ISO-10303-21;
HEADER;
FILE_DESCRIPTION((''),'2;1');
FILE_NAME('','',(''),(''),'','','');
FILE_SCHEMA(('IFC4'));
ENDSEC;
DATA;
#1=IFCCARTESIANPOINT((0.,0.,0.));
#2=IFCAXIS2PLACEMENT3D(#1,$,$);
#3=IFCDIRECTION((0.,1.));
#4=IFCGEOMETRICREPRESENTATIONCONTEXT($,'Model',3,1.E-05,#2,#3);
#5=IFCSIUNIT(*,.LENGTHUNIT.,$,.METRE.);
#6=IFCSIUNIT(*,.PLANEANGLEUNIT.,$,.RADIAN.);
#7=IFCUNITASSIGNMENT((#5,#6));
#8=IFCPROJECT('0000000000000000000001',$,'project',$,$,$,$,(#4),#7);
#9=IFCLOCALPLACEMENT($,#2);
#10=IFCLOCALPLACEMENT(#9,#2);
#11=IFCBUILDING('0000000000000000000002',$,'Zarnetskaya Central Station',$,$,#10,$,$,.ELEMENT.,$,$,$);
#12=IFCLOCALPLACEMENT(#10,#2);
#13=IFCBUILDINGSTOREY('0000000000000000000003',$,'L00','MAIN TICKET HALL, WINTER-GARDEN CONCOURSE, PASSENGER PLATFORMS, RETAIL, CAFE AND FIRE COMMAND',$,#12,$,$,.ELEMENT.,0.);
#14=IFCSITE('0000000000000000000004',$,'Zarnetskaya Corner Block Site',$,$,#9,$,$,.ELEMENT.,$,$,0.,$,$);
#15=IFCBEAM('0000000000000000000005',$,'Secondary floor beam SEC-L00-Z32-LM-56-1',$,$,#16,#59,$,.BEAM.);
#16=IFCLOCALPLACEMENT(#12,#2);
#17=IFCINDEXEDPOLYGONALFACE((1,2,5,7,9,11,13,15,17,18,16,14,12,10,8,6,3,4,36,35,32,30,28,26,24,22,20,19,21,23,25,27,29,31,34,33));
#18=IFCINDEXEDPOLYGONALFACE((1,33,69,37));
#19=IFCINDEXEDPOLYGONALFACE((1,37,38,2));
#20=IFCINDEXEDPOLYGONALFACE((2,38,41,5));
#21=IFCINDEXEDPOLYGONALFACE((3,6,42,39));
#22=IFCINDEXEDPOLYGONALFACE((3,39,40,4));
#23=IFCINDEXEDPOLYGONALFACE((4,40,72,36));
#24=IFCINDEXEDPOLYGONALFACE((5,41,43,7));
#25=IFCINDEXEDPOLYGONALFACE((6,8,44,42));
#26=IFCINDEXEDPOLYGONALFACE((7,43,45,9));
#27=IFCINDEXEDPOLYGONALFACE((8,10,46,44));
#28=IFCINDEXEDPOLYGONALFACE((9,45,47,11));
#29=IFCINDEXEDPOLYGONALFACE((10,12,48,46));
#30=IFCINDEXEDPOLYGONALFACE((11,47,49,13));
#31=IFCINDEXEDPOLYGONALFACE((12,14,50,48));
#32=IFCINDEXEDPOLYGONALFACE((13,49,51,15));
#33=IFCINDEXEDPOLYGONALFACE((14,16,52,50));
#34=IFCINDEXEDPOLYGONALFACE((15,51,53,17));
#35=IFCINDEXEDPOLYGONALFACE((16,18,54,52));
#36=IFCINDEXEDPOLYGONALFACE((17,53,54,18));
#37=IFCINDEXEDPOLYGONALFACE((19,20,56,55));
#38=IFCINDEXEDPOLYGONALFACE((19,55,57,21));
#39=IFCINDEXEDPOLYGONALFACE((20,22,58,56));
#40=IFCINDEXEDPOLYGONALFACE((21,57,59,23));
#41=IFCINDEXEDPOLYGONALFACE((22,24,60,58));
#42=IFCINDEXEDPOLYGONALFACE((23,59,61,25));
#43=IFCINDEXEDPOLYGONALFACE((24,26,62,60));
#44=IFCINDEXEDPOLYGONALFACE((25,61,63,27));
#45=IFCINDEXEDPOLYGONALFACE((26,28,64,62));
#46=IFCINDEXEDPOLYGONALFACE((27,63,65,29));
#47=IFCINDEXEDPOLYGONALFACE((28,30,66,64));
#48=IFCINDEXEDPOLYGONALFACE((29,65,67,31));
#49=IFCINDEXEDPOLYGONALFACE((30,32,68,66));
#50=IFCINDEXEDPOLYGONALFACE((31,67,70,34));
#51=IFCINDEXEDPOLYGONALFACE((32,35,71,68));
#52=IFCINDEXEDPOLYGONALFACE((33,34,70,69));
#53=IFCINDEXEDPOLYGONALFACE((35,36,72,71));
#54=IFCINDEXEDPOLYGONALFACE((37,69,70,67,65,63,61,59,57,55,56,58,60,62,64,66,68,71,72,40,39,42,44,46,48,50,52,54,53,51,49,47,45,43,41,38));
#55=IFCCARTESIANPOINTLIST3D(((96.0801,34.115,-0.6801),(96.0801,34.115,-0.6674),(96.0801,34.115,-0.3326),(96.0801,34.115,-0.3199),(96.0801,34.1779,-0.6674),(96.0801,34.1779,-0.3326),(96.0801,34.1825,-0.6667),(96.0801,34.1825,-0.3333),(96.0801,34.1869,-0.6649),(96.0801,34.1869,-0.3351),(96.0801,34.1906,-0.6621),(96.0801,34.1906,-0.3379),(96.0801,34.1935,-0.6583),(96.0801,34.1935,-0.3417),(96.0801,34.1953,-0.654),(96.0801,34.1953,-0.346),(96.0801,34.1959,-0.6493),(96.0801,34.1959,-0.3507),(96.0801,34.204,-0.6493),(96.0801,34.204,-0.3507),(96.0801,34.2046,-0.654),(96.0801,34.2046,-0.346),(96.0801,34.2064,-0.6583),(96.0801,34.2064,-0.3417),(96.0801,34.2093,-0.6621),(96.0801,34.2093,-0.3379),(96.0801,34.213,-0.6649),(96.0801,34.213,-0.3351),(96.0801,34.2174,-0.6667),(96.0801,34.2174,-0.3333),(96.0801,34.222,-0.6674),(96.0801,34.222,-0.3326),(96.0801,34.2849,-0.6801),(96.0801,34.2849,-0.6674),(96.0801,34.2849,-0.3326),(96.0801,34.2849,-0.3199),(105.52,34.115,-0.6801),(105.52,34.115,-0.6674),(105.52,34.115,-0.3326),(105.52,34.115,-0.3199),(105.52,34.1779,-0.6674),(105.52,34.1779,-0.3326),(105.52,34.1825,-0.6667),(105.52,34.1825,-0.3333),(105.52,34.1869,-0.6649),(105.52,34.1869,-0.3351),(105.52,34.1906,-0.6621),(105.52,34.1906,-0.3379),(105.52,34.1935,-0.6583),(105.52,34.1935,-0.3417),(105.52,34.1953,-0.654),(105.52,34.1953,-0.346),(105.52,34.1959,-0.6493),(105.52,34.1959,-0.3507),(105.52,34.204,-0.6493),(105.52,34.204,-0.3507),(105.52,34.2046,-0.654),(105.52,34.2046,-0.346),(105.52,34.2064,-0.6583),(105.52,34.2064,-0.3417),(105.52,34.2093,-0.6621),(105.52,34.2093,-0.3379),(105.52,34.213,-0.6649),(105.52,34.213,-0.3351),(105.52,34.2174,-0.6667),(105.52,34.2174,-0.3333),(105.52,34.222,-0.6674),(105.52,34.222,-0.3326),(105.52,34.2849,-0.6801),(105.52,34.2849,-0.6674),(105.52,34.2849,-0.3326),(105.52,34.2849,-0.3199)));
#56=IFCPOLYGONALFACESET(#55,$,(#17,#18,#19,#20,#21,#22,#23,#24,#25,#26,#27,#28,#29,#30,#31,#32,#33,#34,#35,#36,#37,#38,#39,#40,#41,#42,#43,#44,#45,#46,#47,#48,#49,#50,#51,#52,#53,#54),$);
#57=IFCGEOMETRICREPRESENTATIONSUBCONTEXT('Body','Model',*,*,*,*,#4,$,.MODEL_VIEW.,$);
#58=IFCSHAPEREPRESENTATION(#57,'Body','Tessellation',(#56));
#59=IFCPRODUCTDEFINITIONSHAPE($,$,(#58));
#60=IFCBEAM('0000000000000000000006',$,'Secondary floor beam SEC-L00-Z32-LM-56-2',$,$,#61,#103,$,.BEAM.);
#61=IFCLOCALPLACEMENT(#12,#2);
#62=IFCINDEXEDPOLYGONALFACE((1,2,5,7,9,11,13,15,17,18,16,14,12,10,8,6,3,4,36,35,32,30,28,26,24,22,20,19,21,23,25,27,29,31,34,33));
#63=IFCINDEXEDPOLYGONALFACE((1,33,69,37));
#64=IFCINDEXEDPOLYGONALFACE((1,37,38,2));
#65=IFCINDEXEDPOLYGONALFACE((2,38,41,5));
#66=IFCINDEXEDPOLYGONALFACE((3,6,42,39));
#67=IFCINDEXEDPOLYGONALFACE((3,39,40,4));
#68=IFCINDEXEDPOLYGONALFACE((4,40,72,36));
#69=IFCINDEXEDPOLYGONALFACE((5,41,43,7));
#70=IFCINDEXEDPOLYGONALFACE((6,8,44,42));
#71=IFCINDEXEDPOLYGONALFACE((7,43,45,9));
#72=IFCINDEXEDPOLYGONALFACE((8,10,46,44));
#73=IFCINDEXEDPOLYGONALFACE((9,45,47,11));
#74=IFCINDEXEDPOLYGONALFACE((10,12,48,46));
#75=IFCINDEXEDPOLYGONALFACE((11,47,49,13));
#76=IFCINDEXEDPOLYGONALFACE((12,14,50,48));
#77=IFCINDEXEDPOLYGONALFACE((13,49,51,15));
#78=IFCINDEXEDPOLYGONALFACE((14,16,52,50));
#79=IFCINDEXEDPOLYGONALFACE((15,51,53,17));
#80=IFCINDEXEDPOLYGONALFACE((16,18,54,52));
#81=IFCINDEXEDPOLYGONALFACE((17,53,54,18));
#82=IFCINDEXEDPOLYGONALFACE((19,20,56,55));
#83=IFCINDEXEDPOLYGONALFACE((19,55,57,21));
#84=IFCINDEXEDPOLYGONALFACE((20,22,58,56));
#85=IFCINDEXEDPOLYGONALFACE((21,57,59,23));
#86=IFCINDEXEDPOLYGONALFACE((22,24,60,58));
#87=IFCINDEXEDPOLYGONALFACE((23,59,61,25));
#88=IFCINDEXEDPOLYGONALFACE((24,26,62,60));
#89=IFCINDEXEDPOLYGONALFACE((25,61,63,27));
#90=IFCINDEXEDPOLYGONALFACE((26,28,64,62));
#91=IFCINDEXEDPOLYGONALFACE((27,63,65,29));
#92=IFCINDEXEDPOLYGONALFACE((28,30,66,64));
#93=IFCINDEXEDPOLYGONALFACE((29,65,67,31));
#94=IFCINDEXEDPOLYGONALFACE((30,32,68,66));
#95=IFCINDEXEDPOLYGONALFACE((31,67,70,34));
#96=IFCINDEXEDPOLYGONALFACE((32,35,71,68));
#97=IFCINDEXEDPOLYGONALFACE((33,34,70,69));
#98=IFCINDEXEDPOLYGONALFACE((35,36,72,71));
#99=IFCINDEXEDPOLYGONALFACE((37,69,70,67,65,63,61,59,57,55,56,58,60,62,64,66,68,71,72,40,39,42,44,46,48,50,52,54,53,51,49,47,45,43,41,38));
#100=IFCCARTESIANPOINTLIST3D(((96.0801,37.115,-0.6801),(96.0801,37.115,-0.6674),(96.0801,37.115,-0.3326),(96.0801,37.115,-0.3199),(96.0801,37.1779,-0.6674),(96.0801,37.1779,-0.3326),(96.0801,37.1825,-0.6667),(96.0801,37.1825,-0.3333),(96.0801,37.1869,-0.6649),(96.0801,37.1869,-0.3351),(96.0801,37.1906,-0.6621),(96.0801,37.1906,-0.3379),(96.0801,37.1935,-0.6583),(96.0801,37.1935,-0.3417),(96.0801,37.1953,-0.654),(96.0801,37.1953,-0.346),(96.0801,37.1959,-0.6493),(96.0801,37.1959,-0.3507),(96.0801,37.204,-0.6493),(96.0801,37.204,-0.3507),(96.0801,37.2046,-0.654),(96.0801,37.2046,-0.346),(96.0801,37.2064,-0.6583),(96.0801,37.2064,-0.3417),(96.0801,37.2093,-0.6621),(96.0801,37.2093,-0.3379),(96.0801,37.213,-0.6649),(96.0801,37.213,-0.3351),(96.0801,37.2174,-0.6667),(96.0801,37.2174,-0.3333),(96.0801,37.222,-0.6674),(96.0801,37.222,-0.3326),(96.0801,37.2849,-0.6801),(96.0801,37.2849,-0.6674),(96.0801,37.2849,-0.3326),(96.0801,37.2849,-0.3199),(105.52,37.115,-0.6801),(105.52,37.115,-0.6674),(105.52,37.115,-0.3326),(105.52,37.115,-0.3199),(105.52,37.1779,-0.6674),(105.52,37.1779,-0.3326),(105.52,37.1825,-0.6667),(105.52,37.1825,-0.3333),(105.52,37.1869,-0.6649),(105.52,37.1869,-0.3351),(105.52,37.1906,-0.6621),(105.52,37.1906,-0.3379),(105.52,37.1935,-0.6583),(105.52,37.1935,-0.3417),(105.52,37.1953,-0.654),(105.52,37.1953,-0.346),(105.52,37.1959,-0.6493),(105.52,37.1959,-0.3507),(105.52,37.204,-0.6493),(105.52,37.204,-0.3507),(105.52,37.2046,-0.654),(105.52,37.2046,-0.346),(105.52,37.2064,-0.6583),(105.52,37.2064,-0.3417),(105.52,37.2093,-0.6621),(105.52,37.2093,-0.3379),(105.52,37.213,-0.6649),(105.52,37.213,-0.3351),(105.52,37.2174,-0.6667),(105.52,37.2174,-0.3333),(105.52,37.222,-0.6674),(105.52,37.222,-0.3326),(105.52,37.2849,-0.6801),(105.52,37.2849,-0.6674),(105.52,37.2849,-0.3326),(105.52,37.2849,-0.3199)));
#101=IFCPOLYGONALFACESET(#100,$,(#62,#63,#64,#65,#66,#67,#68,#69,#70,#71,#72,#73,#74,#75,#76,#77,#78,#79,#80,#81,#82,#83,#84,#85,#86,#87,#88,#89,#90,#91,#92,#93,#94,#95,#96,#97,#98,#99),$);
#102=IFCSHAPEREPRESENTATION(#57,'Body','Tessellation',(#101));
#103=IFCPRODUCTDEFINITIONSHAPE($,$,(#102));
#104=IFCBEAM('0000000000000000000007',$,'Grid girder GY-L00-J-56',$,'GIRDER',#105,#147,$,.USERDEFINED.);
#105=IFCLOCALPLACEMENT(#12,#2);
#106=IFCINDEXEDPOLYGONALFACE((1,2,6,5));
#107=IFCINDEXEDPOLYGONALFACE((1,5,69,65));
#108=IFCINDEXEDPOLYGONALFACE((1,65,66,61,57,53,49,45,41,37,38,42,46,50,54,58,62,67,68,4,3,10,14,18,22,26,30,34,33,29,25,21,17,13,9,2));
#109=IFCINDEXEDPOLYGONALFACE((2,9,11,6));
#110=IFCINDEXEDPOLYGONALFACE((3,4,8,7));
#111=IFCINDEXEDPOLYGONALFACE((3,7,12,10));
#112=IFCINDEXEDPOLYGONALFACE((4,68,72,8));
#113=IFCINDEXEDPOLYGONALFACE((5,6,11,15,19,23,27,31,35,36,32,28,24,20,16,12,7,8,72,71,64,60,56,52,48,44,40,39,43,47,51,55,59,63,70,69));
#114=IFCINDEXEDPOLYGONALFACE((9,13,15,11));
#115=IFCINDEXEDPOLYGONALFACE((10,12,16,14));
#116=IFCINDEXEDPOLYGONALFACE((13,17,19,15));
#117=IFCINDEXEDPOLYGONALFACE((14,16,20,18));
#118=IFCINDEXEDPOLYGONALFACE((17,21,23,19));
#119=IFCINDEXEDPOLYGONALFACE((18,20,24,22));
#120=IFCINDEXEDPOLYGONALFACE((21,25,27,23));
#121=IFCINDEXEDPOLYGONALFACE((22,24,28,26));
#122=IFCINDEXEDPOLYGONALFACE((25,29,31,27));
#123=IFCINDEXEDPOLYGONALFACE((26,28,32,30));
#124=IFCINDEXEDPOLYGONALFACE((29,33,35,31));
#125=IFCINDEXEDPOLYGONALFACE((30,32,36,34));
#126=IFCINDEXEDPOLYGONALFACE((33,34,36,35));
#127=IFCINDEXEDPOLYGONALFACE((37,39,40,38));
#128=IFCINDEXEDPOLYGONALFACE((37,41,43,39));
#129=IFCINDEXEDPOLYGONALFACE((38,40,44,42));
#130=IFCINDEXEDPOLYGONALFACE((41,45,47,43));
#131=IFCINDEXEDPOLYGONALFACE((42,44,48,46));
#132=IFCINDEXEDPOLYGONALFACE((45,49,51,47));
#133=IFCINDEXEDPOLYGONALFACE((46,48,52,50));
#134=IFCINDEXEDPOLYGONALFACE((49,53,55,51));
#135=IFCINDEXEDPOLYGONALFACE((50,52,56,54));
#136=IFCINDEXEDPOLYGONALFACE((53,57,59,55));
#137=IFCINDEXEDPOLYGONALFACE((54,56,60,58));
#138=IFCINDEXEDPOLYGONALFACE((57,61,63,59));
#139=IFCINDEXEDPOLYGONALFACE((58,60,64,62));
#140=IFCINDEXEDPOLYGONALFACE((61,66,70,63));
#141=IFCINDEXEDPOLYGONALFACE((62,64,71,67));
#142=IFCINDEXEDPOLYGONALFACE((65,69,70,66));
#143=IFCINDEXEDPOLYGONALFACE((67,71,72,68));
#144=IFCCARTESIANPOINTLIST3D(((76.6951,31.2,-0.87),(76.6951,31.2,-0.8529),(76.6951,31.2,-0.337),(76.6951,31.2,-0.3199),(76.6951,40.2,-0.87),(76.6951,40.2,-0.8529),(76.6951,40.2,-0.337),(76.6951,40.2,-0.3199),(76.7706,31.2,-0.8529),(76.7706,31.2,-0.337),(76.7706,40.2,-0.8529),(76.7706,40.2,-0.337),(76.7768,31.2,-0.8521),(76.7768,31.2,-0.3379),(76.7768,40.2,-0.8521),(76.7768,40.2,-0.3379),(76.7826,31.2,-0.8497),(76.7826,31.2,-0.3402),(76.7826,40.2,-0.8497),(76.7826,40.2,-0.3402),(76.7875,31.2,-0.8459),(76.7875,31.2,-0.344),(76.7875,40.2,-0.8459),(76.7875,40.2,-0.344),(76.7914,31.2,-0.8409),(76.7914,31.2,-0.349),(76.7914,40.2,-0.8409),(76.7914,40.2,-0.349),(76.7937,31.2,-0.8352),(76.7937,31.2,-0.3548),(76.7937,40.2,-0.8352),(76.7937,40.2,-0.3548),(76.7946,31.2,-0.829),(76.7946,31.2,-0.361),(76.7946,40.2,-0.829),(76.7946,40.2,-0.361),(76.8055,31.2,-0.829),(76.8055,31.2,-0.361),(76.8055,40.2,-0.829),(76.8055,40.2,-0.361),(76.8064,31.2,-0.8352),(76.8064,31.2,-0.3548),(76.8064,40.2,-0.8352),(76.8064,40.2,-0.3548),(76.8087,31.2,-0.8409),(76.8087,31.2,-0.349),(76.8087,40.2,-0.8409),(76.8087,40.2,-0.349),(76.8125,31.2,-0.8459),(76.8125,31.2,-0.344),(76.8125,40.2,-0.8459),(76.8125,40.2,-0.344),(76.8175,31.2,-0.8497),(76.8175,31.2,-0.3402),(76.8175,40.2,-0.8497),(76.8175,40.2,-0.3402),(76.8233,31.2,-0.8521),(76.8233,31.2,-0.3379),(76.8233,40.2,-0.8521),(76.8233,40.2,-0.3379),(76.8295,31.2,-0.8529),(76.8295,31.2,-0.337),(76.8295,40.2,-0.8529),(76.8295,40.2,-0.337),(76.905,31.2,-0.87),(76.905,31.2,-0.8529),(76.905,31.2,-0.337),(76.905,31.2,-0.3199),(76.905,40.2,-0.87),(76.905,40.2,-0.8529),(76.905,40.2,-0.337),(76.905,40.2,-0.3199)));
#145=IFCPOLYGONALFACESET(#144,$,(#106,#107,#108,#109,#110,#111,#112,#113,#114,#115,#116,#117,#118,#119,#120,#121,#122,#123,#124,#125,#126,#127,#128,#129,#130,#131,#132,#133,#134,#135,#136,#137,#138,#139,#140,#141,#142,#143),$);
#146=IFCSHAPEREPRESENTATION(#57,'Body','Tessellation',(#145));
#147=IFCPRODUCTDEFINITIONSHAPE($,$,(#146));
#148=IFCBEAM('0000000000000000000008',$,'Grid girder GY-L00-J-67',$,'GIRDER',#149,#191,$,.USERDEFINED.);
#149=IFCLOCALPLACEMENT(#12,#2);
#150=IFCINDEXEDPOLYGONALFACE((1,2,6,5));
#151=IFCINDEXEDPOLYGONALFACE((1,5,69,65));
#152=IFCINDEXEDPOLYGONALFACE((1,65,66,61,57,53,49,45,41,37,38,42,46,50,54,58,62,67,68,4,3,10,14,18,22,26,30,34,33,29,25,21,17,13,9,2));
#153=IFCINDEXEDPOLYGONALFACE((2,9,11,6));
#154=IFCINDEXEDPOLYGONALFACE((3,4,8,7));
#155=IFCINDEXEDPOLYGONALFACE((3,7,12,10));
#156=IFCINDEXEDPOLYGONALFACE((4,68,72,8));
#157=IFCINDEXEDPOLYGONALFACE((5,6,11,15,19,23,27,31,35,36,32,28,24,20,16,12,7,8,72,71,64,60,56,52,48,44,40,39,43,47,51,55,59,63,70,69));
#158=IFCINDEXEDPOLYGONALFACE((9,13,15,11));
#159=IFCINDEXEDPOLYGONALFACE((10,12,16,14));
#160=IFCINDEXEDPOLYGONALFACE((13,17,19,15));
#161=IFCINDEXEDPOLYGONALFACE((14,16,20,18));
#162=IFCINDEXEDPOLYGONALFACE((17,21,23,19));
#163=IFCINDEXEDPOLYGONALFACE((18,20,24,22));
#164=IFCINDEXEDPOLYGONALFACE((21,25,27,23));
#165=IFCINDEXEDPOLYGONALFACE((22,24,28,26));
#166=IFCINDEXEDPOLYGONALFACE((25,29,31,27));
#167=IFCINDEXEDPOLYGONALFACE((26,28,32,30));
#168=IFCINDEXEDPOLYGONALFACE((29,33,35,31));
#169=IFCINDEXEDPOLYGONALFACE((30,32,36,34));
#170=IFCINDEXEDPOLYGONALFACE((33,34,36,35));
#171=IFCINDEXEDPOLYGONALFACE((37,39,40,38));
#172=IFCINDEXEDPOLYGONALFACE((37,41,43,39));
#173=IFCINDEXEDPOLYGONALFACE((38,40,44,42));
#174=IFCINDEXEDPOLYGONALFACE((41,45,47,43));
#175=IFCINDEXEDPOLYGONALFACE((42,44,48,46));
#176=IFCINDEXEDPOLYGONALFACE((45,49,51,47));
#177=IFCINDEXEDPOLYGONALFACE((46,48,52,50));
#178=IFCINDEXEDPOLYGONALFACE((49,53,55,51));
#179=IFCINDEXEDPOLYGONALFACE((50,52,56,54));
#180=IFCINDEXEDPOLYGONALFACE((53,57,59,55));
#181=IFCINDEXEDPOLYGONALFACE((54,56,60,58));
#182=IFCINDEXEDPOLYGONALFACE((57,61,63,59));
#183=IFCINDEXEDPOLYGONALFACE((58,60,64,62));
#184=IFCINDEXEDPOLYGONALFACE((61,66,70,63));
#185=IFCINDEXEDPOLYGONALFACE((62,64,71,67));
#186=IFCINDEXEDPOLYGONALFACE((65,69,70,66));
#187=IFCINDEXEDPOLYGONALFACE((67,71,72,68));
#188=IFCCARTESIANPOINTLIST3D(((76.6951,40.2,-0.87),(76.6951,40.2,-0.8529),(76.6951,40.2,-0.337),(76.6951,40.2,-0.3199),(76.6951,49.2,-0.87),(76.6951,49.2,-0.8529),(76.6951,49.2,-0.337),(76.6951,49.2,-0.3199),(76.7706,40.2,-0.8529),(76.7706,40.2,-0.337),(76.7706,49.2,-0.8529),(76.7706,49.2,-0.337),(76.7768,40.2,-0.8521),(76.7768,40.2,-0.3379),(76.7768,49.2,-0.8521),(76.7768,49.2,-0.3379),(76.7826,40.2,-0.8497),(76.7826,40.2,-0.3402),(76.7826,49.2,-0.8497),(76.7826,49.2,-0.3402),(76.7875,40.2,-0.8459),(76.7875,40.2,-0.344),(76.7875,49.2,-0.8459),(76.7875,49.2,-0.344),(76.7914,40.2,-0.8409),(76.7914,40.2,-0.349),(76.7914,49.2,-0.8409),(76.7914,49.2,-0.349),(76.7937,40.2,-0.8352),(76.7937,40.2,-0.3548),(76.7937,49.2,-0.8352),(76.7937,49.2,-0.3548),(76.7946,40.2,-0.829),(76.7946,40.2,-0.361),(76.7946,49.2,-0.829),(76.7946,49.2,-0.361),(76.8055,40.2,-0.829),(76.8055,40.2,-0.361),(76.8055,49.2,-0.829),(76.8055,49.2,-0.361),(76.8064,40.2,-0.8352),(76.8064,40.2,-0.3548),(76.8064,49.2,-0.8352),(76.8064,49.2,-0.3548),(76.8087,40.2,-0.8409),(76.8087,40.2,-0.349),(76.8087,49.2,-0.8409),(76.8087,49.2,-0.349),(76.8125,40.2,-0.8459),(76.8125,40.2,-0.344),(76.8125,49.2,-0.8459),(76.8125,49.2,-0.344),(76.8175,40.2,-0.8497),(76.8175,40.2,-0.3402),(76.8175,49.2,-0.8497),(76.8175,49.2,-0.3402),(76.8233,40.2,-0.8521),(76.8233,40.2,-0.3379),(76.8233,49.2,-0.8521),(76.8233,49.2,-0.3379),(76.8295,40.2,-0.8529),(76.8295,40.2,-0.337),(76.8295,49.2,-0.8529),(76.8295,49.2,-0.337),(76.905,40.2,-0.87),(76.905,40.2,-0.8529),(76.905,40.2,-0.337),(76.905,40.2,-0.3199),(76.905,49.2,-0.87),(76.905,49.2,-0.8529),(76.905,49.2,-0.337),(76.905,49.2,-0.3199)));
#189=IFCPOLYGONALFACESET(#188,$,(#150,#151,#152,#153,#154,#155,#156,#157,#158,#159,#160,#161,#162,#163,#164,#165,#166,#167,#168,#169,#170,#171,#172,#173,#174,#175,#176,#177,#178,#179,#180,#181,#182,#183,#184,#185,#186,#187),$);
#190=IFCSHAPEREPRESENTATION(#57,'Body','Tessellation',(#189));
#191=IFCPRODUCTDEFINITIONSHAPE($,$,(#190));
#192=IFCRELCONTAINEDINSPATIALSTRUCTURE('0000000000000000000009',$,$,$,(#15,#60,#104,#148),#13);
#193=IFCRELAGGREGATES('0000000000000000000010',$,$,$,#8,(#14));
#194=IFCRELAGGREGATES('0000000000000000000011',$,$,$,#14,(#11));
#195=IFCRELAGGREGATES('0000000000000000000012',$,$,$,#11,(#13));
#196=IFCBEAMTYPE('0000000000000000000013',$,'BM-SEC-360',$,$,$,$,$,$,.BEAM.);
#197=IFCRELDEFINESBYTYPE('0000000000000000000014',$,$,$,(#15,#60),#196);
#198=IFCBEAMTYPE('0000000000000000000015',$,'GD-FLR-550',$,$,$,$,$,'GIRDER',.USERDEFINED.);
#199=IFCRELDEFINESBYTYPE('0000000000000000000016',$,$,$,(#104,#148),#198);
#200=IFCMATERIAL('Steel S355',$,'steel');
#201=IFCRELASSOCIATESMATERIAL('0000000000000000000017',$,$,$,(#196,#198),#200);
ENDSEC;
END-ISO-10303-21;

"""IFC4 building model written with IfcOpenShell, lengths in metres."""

from ifc_helpers import new_model, si_unit, direction, frame, origin, origin_2d, place, context, subcontext, project, spatial, i_section, extrude, material, material_profile, profile_set, type_object, element, save


model = new_model("IFC4")

# Units and contexts
model_context = context("Model", 3, precision=1e-05, world=origin(), true_north=direction((0.0, 1.0)))
body_context = subcontext(model_context, "Body", "Model", "MODEL_VIEW")
ifc_project = project(units=[si_unit("LENGTHUNIT", "METRE"), si_unit("PLANEANGLEUNIT", "RADIAN")], contexts=[model_context])

# Site, building, storey
site_placement = place(None, origin())
site = spatial("IfcSite", under=ifc_project, at=site_placement, Name="Zarnetskaya Corner Block Site", CompositionType="ELEMENT", RefElevation=0.0)
building_placement = place(site_placement, origin())
building = spatial("IfcBuilding", under=site, at=building_placement, Name="Zarnetskaya Central Station", CompositionType="ELEMENT")
storey_placement = place(building_placement, origin())
storey = spatial("IfcBuildingStorey", under=building, at=storey_placement, Name="L00", Description="MAIN TICKET HALL, WINTER-GARDEN CONCOURSE, PASSENGER PLATFORMS, RETAIL, CAFE AND FIRE COMMAND", CompositionType="ELEMENT", Elevation=0.0)

# Beams
ifc_material = material(Name="Steel S355", Category="steel")
ifc_material_profile_1 = material_profile(ifc_material, i_section(OverallWidth=0.1699, OverallDepth=0.3601, WebThickness=0.0081, FlangeThickness=0.0127, FilletRadius=0.0181, at=origin_2d()), Name="IPE 360")
ifc_profile_set_1 = profile_set([ifc_material_profile_1], Name="Steel S355")
beam_type_1 = type_object("IfcBeamType", Name="BM-SEC-360", PredefinedType="BEAM", material=ifc_profile_set_1)
for number, where, z_axis, x_axis, name in (
    (1, (96.0801, 34.2, -0.5), (1.0, 0.0, 0.0), (0.0, 1.0, 0.0), "Secondary floor beam SEC-L00-Z32-LM-56-1"),
    (2, (96.0801, 37.2, -0.5), (1.0, 0.0, 0.0), (0.0, 1.0, 0.0), "Secondary floor beam SEC-L00-Z32-LM-56-2"),
):
    element("IfcBeam", number, at=place(storey_placement, frame(where, z_axis=z_axis, x_axis=x_axis)), inside=storey, type_object=beam_type_1, Name=name, PredefinedType="BEAM", context=body_context, shape_type="SweptSolid", body=[
        extrude(i_section(OverallWidth=0.1699, OverallDepth=0.3601, WebThickness=0.0081, FlangeThickness=0.0127, FilletRadius=0.0181, at=origin_2d()), origin(), (0.0, 0.0, 1.0), 9.4399),
    ])
ifc_material_profile_2 = material_profile(ifc_material, i_section(OverallWidth=0.21, OverallDepth=0.55, WebThickness=0.011, FlangeThickness=0.0171, FilletRadius=0.0239, at=origin_2d()), Name="IPE 550")
ifc_profile_set_2 = profile_set([ifc_material_profile_2], Name="Steel S355")
beam_type_2 = type_object("IfcBeamType", Name="GD-FLR-550", ElementType="GIRDER", PredefinedType="USERDEFINED", material=ifc_profile_set_2)
for number, where, z_axis, x_axis, name in (
    (3, (76.8, 31.2, -0.595), (0.0, 1.0, 0.0), (-1.0, 0.0, 0.0), "Grid girder GY-L00-J-56"),
    (4, (76.8, 40.2, -0.595), (0.0, 1.0, 0.0), (-1.0, 0.0, 0.0), "Grid girder GY-L00-J-67"),
):
    element("IfcBeam", number, at=place(storey_placement, frame(where, z_axis=z_axis, x_axis=x_axis)), inside=storey, type_object=beam_type_2, Name=name, ObjectType="GIRDER", PredefinedType="USERDEFINED", context=body_context, shape_type="SweptSolid", body=[
        extrude(i_section(OverallWidth=0.21, OverallDepth=0.55, WebThickness=0.011, FlangeThickness=0.0171, FilletRadius=0.0239, at=origin_2d()), origin(), (0.0, 0.0, 1.0), 9.0),
    ])

save(model, "model.ifc")
